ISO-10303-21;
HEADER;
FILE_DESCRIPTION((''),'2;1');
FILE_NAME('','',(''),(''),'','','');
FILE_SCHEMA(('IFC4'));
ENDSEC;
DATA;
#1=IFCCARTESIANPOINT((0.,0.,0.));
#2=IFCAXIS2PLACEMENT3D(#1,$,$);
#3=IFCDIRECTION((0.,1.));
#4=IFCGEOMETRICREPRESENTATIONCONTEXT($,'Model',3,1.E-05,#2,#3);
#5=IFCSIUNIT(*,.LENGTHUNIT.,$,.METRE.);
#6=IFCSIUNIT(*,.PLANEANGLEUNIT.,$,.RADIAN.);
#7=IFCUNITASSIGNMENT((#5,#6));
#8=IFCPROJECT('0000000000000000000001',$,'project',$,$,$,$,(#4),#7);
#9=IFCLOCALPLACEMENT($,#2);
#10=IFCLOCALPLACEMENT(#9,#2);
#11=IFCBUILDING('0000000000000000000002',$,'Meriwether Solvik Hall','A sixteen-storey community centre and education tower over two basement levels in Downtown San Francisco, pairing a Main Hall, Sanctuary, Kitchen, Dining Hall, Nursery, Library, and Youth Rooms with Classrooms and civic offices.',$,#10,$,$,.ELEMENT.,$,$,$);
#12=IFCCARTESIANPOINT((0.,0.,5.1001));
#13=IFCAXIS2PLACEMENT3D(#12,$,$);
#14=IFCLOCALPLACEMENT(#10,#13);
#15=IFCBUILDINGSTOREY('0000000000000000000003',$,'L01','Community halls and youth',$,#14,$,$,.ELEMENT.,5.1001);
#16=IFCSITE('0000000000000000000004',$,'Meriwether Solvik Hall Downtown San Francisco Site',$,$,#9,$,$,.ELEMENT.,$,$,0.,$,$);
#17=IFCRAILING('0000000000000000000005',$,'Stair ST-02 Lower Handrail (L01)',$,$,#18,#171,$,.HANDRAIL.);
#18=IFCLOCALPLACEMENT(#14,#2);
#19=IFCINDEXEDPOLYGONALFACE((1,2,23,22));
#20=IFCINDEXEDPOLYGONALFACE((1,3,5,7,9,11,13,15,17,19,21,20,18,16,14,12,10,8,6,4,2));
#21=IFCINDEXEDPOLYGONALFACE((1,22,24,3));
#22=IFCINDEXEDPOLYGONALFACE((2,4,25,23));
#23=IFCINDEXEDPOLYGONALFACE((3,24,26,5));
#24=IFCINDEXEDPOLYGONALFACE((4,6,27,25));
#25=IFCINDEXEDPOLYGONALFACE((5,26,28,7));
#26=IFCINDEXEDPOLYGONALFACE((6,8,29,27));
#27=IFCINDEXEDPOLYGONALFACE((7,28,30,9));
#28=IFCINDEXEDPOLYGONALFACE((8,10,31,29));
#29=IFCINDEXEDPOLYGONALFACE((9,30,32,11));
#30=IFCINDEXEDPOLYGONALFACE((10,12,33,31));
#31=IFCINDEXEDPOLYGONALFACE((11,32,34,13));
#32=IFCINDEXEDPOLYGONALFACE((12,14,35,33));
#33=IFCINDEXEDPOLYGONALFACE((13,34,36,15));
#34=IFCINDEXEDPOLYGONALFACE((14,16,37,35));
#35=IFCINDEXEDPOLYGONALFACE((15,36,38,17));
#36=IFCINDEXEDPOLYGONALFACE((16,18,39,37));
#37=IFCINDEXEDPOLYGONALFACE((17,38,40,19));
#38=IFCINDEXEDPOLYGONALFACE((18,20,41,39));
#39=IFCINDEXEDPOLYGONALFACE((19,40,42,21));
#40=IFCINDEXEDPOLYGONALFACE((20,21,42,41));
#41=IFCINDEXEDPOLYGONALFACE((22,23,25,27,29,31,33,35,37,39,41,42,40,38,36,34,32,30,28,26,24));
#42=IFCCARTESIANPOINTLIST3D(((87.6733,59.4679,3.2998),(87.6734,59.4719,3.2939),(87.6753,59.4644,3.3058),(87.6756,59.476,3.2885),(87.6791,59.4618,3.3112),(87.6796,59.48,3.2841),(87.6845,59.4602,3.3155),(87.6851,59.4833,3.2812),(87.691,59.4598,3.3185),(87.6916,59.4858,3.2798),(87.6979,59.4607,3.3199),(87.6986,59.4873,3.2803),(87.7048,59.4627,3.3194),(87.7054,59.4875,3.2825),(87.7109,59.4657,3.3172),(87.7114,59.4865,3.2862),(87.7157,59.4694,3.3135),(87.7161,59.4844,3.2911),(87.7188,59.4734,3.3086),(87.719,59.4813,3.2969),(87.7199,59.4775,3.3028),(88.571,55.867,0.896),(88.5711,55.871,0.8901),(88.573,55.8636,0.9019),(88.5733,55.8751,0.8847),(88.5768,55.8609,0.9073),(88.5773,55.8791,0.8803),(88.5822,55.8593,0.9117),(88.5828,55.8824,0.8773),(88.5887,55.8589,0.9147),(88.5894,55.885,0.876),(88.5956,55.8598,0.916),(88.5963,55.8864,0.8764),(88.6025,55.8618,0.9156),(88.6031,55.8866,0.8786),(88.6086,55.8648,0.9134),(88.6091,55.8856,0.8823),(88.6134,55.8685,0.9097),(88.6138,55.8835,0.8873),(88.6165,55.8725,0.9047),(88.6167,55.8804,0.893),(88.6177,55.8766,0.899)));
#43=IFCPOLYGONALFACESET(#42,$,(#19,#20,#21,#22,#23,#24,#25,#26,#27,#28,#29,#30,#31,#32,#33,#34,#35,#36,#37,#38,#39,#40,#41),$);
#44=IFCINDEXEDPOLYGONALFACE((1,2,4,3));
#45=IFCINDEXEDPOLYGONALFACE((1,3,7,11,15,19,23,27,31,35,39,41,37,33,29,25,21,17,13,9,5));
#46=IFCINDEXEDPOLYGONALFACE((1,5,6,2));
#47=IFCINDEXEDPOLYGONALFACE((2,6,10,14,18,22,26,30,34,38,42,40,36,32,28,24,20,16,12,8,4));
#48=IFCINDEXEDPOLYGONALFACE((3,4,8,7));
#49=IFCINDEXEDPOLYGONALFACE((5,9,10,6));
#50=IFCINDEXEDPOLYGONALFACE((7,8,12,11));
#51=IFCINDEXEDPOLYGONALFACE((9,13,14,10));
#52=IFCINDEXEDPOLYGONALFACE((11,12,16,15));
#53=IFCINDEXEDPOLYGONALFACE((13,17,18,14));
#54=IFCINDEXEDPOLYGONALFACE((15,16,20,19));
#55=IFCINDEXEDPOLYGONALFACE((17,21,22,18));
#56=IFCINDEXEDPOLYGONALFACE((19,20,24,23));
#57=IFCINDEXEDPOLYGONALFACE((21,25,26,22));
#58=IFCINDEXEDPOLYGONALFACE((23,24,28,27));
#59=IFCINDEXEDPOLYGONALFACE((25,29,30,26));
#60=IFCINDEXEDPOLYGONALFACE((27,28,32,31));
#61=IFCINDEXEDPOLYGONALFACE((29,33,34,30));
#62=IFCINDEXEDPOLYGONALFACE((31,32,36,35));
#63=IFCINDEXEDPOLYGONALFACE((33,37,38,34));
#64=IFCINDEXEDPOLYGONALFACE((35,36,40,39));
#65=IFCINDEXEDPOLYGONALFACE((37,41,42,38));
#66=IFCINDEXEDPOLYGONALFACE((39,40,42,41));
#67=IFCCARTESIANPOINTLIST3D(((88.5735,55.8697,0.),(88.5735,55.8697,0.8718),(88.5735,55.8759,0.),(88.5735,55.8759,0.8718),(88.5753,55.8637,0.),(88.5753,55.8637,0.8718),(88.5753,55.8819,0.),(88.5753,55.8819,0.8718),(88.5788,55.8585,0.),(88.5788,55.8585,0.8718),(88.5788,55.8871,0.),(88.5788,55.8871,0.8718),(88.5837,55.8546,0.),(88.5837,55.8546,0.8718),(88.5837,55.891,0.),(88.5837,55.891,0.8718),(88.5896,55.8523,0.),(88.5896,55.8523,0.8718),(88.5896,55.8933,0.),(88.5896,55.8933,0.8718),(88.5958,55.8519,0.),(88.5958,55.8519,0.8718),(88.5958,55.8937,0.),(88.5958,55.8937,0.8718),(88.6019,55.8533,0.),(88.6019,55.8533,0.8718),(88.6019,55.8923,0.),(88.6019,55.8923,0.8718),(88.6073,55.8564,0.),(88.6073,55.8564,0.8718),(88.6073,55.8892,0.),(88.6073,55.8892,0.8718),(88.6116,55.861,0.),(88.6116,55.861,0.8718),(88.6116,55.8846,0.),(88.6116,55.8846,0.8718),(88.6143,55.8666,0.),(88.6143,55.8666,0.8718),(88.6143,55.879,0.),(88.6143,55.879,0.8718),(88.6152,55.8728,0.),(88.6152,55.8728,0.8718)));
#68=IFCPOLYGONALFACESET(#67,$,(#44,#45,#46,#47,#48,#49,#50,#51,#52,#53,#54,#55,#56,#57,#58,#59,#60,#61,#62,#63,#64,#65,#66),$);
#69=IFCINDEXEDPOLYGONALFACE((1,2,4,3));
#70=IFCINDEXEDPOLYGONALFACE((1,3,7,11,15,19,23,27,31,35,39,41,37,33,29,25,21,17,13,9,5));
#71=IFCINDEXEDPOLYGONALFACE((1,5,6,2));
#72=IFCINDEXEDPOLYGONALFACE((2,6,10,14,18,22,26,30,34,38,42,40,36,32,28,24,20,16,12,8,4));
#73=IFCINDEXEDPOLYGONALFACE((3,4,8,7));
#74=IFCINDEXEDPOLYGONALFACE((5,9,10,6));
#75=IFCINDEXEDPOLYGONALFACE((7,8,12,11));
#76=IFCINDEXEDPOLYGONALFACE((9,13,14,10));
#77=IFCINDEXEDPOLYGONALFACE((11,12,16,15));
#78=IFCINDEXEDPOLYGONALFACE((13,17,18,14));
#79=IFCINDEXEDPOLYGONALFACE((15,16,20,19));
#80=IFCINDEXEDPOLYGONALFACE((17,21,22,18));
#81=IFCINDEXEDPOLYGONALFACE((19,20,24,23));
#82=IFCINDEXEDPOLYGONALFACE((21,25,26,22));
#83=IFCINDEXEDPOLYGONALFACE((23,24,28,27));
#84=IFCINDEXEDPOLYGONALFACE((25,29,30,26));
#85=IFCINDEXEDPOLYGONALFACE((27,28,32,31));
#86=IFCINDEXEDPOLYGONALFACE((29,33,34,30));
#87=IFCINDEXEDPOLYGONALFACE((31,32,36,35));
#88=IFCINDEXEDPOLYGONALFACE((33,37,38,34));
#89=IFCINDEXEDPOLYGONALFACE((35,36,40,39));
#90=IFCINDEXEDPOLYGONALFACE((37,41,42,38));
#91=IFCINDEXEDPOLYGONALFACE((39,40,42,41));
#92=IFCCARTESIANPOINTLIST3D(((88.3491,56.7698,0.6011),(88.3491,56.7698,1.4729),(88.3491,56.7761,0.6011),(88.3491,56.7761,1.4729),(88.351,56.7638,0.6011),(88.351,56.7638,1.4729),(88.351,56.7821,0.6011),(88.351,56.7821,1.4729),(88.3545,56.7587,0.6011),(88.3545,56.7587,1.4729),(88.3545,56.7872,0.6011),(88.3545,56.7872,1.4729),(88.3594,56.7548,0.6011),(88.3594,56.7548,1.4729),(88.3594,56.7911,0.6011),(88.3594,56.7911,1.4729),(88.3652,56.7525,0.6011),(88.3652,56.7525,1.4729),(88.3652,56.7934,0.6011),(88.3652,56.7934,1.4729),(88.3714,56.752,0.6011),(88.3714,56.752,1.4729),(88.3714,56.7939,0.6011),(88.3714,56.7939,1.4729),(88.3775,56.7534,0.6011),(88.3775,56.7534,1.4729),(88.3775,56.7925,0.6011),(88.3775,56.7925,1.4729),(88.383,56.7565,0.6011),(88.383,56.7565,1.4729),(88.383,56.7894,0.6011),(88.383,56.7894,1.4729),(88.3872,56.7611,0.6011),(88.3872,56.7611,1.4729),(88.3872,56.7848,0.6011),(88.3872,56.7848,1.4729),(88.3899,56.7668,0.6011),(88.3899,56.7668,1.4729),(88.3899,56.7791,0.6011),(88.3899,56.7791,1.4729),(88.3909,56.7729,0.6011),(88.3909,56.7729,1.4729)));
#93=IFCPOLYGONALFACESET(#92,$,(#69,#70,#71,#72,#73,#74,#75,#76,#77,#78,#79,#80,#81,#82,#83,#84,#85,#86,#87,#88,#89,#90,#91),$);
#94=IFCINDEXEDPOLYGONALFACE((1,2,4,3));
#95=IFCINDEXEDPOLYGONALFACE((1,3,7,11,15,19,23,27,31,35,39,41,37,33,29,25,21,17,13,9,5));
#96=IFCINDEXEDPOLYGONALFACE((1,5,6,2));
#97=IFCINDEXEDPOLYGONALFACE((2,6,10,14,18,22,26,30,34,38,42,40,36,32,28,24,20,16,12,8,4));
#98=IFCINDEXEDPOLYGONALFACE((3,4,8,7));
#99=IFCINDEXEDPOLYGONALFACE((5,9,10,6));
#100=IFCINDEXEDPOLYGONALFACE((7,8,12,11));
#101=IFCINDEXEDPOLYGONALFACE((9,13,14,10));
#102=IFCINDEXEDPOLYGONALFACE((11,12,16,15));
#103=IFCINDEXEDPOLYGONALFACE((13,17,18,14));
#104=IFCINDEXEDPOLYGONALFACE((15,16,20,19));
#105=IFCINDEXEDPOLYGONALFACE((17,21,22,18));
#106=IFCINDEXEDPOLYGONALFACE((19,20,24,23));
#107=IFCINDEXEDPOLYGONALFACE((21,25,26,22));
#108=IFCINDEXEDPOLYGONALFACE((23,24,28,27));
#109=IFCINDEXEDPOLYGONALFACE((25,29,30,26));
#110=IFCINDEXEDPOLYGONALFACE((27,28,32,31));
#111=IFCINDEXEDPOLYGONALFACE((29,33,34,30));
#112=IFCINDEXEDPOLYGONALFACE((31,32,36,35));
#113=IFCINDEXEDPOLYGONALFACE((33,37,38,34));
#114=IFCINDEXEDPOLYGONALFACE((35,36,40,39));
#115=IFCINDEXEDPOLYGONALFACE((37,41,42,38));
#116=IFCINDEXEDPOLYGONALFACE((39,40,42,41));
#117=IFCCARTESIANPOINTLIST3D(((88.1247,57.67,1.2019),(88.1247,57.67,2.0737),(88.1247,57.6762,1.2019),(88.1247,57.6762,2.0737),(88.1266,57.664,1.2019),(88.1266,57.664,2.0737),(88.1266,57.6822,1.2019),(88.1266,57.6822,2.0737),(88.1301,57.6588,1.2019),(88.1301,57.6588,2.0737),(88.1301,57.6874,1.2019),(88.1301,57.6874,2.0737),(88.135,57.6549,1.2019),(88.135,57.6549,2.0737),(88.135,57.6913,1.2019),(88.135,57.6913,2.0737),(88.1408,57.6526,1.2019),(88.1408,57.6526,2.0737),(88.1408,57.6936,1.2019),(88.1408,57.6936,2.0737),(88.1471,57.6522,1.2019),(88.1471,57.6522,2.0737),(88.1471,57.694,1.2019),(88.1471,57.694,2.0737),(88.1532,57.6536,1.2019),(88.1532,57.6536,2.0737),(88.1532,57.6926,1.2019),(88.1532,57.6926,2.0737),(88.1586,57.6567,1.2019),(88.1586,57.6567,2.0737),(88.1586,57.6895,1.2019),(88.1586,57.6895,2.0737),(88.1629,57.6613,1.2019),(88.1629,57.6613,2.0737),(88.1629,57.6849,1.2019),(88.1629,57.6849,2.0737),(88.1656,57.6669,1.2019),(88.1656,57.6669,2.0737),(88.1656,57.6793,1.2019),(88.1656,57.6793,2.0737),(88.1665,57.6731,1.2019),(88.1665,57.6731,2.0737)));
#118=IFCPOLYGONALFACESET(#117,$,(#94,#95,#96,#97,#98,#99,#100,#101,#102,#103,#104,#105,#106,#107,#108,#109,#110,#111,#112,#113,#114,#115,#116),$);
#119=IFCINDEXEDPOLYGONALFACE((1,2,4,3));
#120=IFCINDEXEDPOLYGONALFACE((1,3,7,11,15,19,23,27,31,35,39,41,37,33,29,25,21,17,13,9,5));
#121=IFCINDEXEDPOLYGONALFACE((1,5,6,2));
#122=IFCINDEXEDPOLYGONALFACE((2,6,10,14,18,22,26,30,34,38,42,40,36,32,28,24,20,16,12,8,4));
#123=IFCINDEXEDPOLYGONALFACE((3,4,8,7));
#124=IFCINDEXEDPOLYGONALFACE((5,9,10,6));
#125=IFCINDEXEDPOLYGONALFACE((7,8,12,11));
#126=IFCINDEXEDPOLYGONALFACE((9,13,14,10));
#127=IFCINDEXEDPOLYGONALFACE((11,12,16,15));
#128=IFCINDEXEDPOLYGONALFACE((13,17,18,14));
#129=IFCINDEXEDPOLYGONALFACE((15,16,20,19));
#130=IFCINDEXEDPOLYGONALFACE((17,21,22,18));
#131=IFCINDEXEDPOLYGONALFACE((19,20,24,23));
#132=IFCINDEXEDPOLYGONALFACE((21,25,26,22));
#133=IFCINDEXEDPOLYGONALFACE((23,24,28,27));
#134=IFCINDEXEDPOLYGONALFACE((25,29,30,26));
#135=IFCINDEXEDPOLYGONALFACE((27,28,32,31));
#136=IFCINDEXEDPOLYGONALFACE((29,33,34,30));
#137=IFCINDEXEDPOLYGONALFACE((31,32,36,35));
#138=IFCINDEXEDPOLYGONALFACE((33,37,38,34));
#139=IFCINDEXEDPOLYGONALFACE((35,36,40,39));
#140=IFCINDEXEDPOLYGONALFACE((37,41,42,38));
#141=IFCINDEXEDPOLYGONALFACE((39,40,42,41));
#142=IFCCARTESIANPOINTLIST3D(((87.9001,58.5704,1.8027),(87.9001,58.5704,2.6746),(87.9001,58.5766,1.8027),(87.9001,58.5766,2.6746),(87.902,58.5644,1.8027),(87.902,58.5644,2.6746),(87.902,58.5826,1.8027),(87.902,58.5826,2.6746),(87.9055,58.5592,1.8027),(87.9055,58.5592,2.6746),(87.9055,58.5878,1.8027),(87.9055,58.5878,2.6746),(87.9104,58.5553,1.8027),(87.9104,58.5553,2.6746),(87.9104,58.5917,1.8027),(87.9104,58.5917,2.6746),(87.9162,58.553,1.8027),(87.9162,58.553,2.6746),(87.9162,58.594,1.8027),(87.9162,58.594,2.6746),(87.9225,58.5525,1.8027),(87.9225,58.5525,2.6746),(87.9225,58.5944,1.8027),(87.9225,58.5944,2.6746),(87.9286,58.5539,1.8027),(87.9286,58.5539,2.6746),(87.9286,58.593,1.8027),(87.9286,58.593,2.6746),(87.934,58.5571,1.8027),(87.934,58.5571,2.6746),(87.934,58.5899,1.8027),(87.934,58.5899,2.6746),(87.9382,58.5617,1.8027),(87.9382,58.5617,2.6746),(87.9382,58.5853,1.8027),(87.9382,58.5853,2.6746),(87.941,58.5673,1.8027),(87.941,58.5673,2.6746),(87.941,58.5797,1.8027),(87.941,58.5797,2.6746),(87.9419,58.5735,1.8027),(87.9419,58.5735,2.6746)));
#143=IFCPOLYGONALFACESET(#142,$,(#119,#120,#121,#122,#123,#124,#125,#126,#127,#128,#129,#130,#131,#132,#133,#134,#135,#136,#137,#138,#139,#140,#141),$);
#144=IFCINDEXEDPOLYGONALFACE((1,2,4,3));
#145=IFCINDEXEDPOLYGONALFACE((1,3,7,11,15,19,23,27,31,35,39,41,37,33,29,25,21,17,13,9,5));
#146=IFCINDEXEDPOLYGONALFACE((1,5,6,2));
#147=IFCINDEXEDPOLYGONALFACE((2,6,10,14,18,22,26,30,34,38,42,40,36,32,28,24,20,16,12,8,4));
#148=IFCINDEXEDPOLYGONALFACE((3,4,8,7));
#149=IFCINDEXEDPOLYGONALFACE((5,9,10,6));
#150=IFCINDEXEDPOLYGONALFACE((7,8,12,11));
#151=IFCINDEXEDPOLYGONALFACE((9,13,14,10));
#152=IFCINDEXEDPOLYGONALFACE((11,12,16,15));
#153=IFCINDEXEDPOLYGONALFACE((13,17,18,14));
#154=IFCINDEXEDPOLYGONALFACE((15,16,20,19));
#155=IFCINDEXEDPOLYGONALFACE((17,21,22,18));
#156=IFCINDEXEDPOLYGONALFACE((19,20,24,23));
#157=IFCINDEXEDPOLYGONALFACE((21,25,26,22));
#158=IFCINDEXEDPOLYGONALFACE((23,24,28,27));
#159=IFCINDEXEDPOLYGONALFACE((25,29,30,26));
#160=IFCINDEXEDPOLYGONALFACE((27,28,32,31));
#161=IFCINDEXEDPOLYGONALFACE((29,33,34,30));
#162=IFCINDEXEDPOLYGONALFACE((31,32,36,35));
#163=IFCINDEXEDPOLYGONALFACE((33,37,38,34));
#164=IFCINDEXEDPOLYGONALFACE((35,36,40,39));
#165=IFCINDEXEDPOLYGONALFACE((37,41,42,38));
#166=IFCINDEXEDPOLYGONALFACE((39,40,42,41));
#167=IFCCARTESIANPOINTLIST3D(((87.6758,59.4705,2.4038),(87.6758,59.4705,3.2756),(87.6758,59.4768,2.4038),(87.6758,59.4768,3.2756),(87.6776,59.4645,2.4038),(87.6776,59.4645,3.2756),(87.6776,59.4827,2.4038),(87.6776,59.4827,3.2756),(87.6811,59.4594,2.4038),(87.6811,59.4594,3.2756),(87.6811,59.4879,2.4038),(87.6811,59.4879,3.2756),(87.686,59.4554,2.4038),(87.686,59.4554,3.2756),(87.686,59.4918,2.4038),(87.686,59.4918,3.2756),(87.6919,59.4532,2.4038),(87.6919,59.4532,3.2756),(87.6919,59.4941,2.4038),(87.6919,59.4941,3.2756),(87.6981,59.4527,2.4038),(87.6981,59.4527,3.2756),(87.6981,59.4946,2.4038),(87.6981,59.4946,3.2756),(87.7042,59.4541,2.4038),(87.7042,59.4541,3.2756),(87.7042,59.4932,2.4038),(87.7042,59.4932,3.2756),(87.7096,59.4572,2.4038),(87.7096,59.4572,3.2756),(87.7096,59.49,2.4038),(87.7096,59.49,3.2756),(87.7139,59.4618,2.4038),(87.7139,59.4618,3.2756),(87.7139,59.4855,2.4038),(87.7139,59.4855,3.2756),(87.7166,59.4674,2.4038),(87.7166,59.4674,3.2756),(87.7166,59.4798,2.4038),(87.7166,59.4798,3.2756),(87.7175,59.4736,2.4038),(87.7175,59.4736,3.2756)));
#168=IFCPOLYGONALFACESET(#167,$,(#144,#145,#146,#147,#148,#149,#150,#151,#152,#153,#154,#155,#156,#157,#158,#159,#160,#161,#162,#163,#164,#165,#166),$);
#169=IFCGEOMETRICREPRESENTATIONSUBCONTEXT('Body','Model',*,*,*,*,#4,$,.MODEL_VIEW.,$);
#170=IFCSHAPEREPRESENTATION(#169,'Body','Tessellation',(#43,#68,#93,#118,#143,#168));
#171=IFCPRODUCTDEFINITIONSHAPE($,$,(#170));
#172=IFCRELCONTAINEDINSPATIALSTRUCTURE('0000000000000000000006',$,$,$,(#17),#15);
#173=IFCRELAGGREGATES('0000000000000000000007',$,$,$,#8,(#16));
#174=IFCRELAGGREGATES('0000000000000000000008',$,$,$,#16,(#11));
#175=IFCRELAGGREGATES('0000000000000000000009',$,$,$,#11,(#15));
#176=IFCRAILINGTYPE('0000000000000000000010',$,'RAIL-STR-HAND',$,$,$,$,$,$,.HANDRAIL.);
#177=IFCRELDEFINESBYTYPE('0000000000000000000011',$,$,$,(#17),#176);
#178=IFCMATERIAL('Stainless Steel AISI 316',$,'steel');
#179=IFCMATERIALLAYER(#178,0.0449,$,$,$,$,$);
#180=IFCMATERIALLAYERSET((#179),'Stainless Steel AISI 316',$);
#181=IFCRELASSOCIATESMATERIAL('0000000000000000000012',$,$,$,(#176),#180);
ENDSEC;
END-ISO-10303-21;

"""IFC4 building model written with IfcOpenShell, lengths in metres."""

from ifc_helpers import new_model, si_unit, direction, frame, origin, origin_2d, place, context, subcontext, project, spatial, circle, extrude, material, layer, layer_set, type_object, element, save


model = new_model("IFC4")

# Units and contexts
model_context = context("Model", 3, precision=1e-05, world=origin(), true_north=direction((0.0, 1.0)))
body_context = subcontext(model_context, "Body", "Model", "MODEL_VIEW")
ifc_project = project(units=[si_unit("LENGTHUNIT", "METRE"), si_unit("PLANEANGLEUNIT", "RADIAN")], contexts=[model_context])

# Site, building, storey
site_placement = place(None, origin())
site = spatial("IfcSite", under=ifc_project, at=site_placement, Name="Meriwether Solvik Hall Downtown San Francisco Site", CompositionType="ELEMENT", RefElevation=0.0)
building_placement = place(site_placement, origin())
building = spatial("IfcBuilding", under=site, at=building_placement, Name="Meriwether Solvik Hall", Description="A sixteen-storey community centre and education tower over two basement levels in Downtown San Francisco, pairing a Main Hall, Sanctuary, Kitchen, Dining Hall, Nursery, Library, and Youth Rooms with Classrooms and civic offices.", CompositionType="ELEMENT")
storey_placement = place(building_placement, frame((0.0, 0.0, 5.1001)))
storey = spatial("IfcBuildingStorey", under=building, at=storey_placement, Name="L01", Description="Community halls and youth", CompositionType="ELEMENT", Elevation=5.1001)

# Railing
ifc_material_1 = material(Name="Stainless Steel AISI 316", Category="steel")
ifc_layer_1 = layer(ifc_material_1, 0.0449)
ifc_layer_set_1 = layer_set([ifc_layer_1], Name="Stainless Steel AISI 316")
railing_type_1 = type_object("IfcRailingType", Name="RAIL-STR-HAND", PredefinedType="HANDRAIL", material=ifc_layer_set_1)
railing_1_placement = place(storey_placement, frame((88.5942, 55.8728, 0.0)))
element("IfcRailing", 1, at=railing_1_placement, inside=storey, type_object=railing_type_1, Name="Stair ST-02 Lower Handrail (L01)", PredefinedType="HANDRAIL", context=body_context, shape_type="SweptSolid", body=[
    extrude(circle(Radius=0.0239, at=origin_2d()), frame((0.0, 0.0, 0.896), z_axis=(-0.203029, 0.814381, 0.543657), x_axis=(-0.970301, -0.241901, 0.0)), (0.0, 0.0, 1.0), 4.4216),
    extrude(circle(Radius=0.021, at=origin_2d()), origin(), (0.0, 0.0, 1.0), 0.8718),
    extrude(circle(Radius=0.021, at=origin_2d()), frame((-0.2244, 0.9001, 0.6011)), (0.0, 0.0, 1.0), 0.8718),
    extrude(circle(Radius=0.021, at=origin_2d()), frame((-0.4487, 1.8003, 1.2019)), (0.0, 0.0, 1.0), 0.8718),
    extrude(circle(Radius=0.021, at=origin_2d()), frame((-0.6733, 2.7007, 1.8027)), (0.0, 0.0, 1.0), 0.8718),
    extrude(circle(Radius=0.021, at=origin_2d()), frame((-0.8977, 3.6008, 2.4038)), (0.0, 0.0, 1.0), 0.8718),
])

save(model, "model.ifc")
